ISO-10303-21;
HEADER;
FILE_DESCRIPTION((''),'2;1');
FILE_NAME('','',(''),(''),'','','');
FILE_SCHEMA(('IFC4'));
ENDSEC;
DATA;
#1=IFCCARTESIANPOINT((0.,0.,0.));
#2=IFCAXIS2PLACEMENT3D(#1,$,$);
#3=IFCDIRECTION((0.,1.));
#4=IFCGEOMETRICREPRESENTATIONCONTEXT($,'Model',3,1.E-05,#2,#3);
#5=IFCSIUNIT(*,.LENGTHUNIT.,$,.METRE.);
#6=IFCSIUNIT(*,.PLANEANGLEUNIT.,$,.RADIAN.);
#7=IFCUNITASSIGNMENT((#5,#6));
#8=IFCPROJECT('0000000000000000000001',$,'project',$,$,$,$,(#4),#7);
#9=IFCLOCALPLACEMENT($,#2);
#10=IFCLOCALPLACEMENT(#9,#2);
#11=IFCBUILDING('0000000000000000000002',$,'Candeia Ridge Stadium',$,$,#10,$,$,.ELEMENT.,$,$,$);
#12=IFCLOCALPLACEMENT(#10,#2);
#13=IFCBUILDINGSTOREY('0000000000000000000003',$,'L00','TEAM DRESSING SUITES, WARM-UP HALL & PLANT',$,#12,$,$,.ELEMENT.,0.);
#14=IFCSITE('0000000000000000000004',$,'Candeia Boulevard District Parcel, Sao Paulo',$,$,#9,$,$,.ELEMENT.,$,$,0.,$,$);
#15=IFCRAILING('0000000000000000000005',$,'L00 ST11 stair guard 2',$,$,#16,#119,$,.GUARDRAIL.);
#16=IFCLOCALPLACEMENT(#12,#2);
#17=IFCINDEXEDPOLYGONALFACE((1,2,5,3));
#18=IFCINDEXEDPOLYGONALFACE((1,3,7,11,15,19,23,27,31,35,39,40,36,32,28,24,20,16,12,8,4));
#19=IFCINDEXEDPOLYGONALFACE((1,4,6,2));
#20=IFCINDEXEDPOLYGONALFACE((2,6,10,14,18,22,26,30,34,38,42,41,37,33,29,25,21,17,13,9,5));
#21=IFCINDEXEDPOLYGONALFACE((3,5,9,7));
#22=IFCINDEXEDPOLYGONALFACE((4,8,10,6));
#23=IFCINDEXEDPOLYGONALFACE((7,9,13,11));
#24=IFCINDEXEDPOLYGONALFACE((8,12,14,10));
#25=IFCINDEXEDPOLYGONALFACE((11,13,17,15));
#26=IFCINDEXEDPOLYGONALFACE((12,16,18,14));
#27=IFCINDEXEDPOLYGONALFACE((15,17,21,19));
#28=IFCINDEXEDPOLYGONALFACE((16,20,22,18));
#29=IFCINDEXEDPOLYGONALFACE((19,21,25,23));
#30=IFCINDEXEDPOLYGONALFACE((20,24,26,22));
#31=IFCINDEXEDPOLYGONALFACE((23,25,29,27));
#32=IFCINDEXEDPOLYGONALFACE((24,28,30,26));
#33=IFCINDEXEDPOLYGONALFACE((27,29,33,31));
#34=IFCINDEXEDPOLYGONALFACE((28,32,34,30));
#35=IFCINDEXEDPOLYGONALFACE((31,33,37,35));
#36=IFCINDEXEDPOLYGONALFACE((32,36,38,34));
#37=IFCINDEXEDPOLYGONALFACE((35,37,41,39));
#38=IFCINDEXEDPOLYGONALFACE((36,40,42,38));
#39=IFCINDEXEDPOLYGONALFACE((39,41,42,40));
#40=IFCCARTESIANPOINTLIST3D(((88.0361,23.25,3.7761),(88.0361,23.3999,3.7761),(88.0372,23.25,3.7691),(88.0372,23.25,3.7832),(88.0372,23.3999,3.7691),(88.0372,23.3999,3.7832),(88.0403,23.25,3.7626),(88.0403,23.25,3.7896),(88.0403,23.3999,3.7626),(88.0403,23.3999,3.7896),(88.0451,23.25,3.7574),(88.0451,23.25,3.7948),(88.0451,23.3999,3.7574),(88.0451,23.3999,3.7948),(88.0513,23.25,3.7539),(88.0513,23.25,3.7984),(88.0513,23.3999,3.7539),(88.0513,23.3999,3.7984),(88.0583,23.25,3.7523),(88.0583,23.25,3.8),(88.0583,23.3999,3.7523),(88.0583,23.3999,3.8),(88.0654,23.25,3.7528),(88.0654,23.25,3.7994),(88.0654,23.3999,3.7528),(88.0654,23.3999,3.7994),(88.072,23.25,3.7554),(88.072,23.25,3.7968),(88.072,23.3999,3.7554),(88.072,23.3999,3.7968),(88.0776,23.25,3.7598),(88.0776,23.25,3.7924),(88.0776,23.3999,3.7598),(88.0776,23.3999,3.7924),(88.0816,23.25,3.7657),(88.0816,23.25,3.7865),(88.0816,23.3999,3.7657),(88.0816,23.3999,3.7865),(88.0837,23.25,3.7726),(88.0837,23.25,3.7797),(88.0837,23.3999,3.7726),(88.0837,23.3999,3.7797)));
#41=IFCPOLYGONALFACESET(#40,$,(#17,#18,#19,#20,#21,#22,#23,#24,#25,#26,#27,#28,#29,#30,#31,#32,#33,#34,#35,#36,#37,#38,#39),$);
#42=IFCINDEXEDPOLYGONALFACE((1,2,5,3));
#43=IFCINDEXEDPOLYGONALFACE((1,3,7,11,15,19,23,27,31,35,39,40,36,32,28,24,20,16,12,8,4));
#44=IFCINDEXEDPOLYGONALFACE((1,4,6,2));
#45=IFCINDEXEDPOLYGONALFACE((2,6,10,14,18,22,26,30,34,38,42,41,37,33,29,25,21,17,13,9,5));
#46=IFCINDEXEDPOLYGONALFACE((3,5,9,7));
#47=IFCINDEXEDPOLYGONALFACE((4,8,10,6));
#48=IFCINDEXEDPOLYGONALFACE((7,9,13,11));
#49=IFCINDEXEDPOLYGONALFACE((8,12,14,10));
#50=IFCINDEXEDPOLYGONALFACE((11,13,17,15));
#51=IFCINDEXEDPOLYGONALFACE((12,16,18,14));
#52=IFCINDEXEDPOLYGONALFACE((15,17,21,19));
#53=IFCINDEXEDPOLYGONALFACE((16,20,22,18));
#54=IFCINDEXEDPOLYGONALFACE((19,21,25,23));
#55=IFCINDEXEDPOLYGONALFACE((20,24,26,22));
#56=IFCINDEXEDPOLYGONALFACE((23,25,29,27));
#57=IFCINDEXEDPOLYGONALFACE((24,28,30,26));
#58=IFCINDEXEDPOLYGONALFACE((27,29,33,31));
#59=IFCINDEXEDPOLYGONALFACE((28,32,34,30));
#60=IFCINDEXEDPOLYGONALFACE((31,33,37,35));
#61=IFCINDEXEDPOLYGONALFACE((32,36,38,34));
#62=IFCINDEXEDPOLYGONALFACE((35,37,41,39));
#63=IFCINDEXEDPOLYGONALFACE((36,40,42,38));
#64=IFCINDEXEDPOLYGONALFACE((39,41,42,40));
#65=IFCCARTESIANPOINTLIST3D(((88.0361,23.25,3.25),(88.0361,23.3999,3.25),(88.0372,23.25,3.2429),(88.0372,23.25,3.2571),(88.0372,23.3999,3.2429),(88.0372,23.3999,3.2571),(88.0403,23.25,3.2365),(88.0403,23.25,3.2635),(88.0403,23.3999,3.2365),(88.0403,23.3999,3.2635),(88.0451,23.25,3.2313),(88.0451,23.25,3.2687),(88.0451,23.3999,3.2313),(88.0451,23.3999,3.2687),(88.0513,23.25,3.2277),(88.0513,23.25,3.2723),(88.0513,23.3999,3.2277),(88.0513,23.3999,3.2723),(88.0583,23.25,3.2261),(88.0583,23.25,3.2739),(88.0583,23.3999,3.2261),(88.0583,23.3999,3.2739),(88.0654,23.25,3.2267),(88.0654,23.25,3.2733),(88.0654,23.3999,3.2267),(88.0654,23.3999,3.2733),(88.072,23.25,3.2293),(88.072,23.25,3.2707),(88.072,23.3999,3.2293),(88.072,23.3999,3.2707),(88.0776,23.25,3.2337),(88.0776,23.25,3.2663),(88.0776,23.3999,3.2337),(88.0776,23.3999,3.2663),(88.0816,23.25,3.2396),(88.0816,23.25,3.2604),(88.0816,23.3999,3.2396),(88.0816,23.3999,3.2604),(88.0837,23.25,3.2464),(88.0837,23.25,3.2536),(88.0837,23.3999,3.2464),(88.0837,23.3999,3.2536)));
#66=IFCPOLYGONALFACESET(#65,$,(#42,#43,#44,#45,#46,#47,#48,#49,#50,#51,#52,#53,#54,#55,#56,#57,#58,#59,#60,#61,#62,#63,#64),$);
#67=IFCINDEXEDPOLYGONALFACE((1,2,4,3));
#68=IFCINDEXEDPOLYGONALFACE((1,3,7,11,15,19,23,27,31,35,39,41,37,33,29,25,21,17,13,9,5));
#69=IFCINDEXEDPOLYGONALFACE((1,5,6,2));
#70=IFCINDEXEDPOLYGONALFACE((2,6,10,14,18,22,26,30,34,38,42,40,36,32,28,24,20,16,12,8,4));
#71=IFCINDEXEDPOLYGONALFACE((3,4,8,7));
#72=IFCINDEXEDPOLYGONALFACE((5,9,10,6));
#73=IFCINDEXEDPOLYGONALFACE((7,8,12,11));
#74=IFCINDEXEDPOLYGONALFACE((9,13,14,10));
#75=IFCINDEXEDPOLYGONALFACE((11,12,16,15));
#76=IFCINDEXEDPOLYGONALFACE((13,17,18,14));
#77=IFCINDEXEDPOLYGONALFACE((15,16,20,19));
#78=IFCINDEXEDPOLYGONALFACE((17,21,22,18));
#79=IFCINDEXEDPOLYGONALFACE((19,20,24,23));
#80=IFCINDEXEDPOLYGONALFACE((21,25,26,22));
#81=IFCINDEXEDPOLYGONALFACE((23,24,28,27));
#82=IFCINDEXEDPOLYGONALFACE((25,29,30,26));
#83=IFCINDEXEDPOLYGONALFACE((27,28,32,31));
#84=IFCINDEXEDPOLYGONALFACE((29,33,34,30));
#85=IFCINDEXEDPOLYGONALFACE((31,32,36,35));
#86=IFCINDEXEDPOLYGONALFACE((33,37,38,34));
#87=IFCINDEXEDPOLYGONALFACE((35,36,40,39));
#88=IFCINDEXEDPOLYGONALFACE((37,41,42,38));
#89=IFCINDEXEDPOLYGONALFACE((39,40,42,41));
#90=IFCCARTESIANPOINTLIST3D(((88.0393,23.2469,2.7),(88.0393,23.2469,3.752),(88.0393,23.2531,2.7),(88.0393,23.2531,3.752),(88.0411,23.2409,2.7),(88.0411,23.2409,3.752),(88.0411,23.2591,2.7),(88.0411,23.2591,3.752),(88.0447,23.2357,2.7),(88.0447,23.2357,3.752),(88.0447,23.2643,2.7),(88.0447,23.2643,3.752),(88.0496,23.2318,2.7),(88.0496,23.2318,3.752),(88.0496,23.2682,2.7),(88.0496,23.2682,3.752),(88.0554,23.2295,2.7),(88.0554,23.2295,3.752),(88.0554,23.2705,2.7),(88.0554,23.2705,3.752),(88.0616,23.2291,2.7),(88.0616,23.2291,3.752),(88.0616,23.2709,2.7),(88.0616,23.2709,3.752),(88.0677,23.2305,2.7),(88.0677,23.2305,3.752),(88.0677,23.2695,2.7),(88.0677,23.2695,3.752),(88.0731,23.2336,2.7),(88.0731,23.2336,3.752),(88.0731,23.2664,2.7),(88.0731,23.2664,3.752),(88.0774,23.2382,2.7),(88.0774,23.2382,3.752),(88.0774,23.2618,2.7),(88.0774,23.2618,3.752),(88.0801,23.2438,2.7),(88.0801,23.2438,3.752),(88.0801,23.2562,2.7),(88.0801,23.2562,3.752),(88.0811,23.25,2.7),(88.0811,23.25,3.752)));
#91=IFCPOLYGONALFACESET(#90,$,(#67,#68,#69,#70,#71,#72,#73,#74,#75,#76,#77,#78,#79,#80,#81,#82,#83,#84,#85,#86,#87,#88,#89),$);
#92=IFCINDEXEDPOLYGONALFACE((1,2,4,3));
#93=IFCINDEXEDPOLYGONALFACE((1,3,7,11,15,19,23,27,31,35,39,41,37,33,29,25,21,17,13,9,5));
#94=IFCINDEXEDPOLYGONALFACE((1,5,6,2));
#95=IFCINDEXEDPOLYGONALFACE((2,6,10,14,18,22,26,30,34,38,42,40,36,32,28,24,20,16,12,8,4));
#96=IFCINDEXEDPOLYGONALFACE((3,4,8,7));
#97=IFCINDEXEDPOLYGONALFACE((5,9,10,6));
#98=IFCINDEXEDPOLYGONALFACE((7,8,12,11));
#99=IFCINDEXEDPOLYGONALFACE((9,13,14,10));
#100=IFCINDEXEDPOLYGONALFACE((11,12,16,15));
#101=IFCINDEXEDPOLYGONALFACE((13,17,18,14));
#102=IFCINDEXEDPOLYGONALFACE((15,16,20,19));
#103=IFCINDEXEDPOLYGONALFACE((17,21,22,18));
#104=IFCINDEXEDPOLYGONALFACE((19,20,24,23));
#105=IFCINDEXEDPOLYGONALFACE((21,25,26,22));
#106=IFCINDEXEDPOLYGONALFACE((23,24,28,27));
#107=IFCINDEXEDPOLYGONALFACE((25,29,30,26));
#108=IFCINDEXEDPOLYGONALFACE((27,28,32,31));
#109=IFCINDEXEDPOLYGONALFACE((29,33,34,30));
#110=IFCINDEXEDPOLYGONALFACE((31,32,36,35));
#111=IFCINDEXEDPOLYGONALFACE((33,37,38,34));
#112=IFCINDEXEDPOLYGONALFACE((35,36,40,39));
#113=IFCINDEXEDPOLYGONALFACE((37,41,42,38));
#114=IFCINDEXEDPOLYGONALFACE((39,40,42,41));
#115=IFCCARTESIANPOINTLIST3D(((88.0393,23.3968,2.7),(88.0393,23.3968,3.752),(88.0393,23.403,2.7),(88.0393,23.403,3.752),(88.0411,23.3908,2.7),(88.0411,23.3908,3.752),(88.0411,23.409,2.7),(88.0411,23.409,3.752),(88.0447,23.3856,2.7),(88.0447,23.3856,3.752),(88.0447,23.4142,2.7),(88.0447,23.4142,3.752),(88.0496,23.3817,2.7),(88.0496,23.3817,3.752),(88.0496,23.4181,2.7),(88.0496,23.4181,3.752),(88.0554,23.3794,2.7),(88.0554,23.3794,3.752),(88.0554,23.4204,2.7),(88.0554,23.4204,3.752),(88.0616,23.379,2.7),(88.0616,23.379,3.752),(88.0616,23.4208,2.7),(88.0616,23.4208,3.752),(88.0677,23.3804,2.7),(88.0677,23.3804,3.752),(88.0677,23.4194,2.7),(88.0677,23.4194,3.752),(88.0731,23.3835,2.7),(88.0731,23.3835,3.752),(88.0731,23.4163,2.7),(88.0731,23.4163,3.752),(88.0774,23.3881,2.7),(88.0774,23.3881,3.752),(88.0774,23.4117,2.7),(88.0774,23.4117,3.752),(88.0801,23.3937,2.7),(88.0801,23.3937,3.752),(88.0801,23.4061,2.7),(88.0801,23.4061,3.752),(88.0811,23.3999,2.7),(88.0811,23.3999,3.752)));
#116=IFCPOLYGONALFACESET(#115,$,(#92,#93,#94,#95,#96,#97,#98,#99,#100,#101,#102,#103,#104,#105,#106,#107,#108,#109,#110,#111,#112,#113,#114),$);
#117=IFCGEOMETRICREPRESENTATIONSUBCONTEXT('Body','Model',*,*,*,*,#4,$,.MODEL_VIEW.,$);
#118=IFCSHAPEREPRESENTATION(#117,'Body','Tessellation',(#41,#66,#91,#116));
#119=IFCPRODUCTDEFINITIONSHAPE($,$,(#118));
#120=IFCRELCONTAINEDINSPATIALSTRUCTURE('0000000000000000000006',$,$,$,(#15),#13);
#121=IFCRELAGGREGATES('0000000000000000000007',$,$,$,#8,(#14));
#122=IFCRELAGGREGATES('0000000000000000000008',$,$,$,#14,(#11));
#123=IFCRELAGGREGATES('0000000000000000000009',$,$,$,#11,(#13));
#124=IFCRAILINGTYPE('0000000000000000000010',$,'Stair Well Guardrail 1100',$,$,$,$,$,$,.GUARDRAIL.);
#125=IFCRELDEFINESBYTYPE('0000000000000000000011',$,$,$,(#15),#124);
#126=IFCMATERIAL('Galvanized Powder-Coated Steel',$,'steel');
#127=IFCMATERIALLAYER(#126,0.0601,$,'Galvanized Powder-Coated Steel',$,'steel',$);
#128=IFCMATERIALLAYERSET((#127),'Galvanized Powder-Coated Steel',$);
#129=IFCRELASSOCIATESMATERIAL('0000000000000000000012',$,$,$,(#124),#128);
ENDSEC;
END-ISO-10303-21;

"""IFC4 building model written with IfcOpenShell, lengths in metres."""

from ifc_helpers import new_model, si_unit, direction, frame, origin, origin_2d, place, context, subcontext, project, spatial, circle, extrude, material, layer, layer_set, type_object, element, save


model = new_model("IFC4")

# Units and contexts
model_context = context("Model", 3, precision=1e-05, world=origin(), true_north=direction((0.0, 1.0)))
body_context = subcontext(model_context, "Body", "Model", "MODEL_VIEW")
ifc_project = project(units=[si_unit("LENGTHUNIT", "METRE"), si_unit("PLANEANGLEUNIT", "RADIAN")], contexts=[model_context])

# Site, building, storey
site_placement = place(None, origin())
site = spatial("IfcSite", under=ifc_project, at=site_placement, Name="Candeia Boulevard District Parcel, Sao Paulo", CompositionType="ELEMENT", RefElevation=0.0)
building_placement = place(site_placement, origin())
building = spatial("IfcBuilding", under=site, at=building_placement, Name="Candeia Ridge Stadium", CompositionType="ELEMENT")
storey_placement = place(building_placement, origin())
storey = spatial("IfcBuildingStorey", under=building, at=storey_placement, Name="L00", Description="TEAM DRESSING SUITES, WARM-UP HALL & PLANT", CompositionType="ELEMENT", Elevation=0.0)

# Railing
ifc_material_1 = material(Name="Galvanized Powder-Coated Steel", Category="steel")
ifc_layer_1 = layer(ifc_material_1, 0.0601, Name="Galvanized Powder-Coated Steel", Category="steel")
ifc_layer_set_1 = layer_set([ifc_layer_1], Name="Galvanized Powder-Coated Steel")
railing_type_1 = type_object("IfcRailingType", Name="Stair Well Guardrail 1100", PredefinedType="GUARDRAIL", material=ifc_layer_set_1)
railing_1_placement = place(storey_placement, frame((88.0601, 23.25, 2.7)))
element("IfcRailing", 1, at=railing_1_placement, inside=storey, type_object=railing_type_1, Name="L00 ST11 stair guard 2", PredefinedType="GUARDRAIL", context=body_context, shape_type="SweptSolid", body=[
    extrude(circle(Radius=0.0239, at=origin_2d()), frame((0.0, 0.0, 1.0762), z_axis=(0.0, 1.0, 0.0), x_axis=(-1.0, 0.0, 0.0)), (0.0, 0.0, 1.0), 0.1499),
    extrude(circle(Radius=0.0239, at=origin_2d()), frame((0.0, 0.0, 0.55), z_axis=(0.0, 1.0, 0.0), x_axis=(-1.0, 0.0, 0.0)), (0.0, 0.0, 1.0), 0.1499),
    extrude(circle(Radius=0.021, at=origin_2d()), origin(), (0.0, 0.0, 1.0), 1.052),
    extrude(circle(Radius=0.021, at=origin_2d()), frame((0.0, 0.1499, 0.0)), (0.0, 0.0, 1.0), 1.052),
])

save(model, "model.ifc")
